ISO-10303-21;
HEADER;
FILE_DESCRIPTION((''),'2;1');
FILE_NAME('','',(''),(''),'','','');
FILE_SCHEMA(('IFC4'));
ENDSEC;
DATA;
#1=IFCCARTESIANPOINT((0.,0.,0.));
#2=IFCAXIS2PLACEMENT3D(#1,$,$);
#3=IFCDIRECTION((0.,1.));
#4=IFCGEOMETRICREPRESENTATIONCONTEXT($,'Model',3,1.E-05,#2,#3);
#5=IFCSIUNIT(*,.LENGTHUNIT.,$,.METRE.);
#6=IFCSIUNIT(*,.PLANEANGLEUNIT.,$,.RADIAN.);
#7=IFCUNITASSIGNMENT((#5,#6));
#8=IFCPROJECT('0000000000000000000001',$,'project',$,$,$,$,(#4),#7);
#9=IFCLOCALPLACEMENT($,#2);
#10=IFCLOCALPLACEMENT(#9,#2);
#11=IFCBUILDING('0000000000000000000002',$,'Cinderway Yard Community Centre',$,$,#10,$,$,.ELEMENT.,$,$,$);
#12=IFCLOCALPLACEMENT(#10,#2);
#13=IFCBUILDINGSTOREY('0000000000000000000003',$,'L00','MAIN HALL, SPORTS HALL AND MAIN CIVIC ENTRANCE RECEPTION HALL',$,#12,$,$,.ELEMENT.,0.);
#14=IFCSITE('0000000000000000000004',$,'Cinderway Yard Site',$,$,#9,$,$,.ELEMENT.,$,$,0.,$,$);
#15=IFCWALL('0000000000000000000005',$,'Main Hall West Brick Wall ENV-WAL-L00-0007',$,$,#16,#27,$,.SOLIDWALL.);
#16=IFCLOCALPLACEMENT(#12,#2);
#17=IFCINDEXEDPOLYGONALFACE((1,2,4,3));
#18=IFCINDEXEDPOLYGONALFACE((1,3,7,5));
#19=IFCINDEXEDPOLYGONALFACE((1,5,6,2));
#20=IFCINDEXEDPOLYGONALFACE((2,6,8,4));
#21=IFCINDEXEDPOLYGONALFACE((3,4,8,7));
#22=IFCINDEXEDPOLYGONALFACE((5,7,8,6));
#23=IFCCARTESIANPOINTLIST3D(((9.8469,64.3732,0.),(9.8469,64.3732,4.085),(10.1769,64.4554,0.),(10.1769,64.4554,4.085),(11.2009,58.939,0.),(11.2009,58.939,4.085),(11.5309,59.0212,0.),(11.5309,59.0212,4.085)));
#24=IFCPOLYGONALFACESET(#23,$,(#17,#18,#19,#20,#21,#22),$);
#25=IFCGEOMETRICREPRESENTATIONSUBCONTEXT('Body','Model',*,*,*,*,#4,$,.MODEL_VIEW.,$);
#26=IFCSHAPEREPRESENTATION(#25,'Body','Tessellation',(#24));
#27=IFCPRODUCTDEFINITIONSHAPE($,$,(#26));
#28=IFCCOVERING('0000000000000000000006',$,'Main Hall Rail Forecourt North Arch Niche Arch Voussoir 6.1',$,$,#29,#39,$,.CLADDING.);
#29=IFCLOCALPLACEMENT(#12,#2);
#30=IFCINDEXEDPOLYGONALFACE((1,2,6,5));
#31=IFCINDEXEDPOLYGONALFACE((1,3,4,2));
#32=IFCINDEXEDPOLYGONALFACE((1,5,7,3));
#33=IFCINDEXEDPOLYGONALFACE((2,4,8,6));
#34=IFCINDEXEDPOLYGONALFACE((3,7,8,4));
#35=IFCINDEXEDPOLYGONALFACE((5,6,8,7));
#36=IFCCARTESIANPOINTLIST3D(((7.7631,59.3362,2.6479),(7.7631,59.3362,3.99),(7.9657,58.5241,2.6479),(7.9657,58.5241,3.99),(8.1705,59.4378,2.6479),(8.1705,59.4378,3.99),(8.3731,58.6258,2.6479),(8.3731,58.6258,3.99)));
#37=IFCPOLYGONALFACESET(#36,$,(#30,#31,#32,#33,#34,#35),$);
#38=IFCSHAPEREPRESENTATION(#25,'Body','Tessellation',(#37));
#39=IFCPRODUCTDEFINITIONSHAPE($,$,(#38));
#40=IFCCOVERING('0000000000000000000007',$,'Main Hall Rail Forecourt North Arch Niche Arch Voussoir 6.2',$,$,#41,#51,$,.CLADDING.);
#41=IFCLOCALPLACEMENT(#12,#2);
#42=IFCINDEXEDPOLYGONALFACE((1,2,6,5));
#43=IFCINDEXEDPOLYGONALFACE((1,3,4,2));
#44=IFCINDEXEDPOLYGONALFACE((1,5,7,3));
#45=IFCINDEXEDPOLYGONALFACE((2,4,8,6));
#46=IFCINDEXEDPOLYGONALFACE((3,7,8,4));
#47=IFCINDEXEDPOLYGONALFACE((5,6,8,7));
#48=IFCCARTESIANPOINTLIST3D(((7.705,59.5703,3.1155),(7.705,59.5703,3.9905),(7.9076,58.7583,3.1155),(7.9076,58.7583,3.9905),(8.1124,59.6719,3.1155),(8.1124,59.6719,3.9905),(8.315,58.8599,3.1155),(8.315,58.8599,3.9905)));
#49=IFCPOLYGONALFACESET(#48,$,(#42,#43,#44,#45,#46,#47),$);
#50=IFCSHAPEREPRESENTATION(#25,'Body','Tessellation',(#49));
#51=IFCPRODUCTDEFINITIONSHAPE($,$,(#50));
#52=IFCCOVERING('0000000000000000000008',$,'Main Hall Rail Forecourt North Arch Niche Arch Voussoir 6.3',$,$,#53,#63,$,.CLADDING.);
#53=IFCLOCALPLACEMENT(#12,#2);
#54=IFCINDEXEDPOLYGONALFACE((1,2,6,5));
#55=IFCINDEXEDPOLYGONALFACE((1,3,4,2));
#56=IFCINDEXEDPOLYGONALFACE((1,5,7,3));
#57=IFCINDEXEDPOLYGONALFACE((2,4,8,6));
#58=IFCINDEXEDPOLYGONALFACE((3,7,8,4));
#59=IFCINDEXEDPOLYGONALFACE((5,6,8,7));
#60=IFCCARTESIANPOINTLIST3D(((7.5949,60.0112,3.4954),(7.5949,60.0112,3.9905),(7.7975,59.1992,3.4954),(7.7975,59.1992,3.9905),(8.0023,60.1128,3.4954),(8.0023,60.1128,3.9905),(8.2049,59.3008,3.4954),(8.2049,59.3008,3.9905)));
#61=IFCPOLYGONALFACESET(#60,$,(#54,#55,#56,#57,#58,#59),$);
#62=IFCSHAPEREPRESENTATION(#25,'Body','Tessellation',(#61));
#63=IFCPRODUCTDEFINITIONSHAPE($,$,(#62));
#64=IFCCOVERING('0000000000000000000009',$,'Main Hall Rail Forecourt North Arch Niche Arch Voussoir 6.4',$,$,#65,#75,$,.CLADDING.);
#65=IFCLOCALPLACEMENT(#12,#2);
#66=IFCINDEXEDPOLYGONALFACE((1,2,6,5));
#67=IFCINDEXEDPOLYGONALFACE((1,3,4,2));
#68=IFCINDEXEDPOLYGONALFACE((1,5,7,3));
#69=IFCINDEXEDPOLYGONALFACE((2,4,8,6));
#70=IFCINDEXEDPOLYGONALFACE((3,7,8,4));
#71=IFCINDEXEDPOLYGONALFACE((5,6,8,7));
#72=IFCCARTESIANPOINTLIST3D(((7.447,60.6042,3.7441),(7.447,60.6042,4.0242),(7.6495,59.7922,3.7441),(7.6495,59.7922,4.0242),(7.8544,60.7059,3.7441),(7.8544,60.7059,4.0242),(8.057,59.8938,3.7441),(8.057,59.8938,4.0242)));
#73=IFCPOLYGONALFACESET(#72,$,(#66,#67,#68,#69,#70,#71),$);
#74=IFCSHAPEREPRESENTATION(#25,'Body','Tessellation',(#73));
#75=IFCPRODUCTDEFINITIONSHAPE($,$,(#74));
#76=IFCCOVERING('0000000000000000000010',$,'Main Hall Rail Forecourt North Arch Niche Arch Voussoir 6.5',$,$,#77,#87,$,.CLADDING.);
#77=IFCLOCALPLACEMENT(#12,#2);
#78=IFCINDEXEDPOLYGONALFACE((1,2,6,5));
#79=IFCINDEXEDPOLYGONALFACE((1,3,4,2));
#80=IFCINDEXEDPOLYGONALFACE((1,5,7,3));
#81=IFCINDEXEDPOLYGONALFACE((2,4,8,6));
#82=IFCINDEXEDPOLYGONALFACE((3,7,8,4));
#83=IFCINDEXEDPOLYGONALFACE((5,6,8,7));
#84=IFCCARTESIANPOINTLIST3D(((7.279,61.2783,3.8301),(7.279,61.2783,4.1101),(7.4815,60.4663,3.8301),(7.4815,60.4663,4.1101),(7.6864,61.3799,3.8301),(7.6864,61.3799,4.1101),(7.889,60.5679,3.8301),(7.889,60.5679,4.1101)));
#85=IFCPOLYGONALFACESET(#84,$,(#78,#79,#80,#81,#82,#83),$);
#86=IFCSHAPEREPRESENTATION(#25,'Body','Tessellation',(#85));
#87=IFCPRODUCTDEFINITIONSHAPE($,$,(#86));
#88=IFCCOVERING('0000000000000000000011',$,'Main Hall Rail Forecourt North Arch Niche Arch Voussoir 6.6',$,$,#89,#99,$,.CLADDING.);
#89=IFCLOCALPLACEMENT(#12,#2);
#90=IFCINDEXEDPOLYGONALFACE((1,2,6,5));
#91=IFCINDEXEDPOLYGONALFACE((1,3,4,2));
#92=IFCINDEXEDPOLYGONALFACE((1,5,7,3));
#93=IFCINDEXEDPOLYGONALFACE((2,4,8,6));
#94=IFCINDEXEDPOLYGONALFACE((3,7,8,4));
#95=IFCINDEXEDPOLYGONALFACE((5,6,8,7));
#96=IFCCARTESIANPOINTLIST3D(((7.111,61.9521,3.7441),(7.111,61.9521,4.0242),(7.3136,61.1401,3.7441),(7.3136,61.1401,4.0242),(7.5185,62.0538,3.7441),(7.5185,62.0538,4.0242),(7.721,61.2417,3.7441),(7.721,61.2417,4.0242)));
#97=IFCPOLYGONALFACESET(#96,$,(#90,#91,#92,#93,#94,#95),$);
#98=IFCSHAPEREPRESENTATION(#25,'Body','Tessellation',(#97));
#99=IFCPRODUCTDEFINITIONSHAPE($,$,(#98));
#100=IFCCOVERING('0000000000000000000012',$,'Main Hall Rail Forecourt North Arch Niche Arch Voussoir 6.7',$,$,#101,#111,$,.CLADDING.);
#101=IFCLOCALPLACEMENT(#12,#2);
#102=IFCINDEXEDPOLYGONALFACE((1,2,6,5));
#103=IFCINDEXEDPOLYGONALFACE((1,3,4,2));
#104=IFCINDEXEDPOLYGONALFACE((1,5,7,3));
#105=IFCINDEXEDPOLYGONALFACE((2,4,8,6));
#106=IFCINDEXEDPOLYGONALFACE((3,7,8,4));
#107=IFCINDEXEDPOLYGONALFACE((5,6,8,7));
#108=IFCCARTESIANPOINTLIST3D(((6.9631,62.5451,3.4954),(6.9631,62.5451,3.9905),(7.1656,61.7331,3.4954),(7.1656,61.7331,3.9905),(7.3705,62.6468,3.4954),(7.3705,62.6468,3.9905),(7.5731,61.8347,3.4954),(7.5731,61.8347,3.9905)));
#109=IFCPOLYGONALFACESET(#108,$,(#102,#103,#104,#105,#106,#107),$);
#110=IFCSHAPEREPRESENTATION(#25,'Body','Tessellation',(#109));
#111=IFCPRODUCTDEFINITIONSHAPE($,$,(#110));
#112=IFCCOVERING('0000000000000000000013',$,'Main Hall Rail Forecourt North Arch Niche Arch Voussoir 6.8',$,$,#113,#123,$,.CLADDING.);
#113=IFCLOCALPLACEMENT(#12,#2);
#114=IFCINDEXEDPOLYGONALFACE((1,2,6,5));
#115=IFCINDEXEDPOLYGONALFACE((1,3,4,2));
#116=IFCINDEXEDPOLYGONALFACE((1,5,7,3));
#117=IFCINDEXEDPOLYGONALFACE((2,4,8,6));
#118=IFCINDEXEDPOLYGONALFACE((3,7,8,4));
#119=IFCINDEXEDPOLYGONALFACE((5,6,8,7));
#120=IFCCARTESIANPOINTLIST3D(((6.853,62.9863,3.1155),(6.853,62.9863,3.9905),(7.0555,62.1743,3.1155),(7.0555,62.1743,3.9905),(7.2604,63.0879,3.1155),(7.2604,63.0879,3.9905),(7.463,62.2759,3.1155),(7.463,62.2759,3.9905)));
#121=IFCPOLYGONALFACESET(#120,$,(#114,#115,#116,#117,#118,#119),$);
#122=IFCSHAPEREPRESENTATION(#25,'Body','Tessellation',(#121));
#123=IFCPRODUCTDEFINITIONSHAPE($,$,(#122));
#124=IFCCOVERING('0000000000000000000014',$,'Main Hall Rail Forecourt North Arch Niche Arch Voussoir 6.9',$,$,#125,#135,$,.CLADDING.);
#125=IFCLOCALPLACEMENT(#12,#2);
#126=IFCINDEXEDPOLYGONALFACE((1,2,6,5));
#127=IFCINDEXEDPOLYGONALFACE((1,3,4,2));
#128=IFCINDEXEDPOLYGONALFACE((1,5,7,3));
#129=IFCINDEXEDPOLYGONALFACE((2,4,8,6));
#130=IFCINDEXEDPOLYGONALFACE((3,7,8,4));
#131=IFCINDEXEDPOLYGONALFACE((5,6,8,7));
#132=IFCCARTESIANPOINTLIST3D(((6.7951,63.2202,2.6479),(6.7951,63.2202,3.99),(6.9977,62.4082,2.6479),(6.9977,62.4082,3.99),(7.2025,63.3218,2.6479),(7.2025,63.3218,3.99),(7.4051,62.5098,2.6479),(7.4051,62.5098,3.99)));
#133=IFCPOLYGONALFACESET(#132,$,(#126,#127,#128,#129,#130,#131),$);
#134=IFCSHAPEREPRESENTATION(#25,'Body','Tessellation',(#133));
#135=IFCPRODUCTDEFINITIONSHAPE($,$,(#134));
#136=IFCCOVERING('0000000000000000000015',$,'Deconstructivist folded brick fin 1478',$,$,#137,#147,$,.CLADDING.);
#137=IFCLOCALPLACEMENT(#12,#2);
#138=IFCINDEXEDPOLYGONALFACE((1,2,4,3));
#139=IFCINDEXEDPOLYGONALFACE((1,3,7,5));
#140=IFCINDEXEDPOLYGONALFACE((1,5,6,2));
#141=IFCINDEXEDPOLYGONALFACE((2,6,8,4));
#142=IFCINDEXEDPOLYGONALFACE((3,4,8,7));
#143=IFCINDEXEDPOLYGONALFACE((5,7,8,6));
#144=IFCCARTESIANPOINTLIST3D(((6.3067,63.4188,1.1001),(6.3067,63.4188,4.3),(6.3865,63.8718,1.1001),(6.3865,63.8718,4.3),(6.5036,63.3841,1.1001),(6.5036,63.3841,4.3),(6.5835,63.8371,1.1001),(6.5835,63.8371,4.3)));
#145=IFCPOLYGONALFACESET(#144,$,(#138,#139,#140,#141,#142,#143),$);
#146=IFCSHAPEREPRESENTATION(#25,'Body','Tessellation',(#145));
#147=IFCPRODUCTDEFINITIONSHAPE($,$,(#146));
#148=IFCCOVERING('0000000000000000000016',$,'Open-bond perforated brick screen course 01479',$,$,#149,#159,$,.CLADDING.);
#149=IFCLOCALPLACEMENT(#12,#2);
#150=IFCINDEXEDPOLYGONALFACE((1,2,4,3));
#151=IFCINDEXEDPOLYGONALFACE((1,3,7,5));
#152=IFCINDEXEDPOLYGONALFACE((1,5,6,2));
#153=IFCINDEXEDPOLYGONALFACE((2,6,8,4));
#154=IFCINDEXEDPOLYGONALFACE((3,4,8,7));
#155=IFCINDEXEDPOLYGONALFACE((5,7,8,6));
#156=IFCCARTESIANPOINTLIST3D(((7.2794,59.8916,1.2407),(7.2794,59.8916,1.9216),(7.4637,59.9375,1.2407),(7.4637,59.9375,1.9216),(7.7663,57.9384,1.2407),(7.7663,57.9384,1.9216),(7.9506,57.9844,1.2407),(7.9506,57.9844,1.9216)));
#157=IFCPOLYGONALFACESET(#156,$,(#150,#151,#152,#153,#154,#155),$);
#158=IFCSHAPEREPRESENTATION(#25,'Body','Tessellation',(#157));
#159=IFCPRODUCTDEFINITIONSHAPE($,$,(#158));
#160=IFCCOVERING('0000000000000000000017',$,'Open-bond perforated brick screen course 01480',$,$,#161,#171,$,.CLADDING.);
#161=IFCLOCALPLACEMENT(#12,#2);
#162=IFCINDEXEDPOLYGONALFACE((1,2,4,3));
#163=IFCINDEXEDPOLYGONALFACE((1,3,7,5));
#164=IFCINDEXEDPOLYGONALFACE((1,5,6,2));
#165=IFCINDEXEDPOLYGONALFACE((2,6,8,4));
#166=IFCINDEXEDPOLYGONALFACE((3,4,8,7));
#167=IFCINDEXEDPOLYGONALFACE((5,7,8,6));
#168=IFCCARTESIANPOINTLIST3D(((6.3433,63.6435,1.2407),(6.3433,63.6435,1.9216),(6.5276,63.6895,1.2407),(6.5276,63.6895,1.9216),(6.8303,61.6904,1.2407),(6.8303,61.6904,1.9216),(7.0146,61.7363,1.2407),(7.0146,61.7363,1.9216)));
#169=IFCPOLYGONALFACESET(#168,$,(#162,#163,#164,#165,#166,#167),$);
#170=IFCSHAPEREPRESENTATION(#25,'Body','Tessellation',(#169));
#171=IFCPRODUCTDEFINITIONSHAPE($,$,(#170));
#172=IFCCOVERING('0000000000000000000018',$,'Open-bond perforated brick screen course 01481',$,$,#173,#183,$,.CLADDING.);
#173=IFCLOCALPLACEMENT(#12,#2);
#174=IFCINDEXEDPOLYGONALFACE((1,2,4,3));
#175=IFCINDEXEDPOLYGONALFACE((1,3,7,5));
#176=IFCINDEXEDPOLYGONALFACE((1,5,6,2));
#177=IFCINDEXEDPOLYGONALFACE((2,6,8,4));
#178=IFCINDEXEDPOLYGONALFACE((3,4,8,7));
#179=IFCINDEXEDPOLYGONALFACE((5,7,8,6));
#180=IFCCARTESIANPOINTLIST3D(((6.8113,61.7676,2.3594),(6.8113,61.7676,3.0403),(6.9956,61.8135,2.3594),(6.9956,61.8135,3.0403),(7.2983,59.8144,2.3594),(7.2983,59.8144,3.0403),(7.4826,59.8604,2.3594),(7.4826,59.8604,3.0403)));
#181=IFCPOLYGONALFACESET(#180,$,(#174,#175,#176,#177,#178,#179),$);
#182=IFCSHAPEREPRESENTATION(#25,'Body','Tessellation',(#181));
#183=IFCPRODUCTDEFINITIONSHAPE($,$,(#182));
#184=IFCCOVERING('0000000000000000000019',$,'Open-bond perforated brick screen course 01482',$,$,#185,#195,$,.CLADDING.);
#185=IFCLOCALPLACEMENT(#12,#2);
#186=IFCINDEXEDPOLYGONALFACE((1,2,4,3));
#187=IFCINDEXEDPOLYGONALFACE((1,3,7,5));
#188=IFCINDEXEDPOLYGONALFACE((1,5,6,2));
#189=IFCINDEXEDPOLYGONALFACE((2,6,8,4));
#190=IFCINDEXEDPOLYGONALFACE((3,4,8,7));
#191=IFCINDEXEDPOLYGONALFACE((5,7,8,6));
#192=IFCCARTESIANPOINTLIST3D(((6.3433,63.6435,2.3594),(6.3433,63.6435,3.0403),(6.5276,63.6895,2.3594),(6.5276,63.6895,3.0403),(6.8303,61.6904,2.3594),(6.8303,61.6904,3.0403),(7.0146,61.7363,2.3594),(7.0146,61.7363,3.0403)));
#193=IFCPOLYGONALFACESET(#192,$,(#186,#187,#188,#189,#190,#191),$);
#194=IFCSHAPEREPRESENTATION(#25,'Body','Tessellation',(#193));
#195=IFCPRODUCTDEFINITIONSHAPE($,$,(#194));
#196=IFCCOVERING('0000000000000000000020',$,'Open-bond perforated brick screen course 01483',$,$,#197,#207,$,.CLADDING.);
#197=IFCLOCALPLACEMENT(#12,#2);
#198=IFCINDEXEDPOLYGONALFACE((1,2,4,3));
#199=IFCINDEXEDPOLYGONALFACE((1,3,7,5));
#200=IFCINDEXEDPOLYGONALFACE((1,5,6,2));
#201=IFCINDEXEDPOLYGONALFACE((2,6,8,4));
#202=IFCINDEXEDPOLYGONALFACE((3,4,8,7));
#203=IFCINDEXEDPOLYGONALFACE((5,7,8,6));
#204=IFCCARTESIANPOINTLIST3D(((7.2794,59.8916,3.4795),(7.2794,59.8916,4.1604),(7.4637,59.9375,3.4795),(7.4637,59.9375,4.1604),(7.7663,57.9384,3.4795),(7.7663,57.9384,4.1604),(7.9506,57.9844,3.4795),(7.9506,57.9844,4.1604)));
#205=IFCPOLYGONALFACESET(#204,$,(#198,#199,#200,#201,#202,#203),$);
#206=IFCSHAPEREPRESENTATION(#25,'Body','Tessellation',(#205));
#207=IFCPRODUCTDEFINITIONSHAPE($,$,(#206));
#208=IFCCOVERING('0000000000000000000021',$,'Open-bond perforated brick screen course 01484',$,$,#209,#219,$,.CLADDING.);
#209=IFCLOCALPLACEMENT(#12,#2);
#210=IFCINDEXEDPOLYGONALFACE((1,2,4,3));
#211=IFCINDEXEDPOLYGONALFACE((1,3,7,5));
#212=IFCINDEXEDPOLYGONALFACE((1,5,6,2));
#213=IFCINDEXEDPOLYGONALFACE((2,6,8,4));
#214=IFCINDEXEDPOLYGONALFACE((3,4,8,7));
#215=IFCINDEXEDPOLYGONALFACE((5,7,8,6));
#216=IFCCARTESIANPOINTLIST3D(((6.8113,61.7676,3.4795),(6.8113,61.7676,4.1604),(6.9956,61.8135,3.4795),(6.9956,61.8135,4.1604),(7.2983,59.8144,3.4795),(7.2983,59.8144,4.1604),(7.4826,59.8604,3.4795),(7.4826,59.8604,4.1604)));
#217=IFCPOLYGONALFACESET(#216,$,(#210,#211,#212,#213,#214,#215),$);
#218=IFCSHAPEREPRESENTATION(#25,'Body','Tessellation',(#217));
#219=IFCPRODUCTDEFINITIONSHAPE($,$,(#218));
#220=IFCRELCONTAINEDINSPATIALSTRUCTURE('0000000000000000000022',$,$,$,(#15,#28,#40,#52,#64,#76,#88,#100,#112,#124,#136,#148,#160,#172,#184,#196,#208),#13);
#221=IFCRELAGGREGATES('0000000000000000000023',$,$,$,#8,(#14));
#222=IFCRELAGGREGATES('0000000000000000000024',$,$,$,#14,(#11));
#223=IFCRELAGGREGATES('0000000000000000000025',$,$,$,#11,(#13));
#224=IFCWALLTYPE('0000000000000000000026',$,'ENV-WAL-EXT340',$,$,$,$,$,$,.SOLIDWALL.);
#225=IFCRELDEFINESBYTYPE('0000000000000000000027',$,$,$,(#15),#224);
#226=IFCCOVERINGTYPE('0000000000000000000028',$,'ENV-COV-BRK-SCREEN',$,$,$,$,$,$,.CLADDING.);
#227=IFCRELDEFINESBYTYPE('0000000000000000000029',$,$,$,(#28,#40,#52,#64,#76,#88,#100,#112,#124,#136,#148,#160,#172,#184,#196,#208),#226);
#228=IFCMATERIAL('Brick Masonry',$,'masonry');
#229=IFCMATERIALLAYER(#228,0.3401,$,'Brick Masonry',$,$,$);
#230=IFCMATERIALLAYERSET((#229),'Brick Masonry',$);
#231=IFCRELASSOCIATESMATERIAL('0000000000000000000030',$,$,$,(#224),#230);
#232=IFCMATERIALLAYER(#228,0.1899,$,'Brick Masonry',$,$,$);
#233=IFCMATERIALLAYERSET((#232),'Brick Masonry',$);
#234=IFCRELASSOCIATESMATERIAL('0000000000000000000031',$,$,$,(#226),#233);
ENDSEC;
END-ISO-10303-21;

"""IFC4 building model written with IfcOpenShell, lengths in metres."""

from ifc_helpers import new_model, si_unit, direction, frame, frame_2d, origin, origin_2d, place, context, subcontext, project, spatial, rectangle, extrude, material, layer, layer_set, type_object, element, save


model = new_model("IFC4")

# Units and contexts
model_context = context("Model", 3, precision=1e-05, world=origin(), true_north=direction((0.0, 1.0)))
body_context = subcontext(model_context, "Body", "Model", "MODEL_VIEW")
ifc_project = project(units=[si_unit("LENGTHUNIT", "METRE"), si_unit("PLANEANGLEUNIT", "RADIAN")], contexts=[model_context])

# Site, building, storey
site_placement = place(None, origin())
site = spatial("IfcSite", under=ifc_project, at=site_placement, Name="Cinderway Yard Site", CompositionType="ELEMENT", RefElevation=0.0)
building_placement = place(site_placement, origin())
building = spatial("IfcBuilding", under=site, at=building_placement, Name="Cinderway Yard Community Centre", CompositionType="ELEMENT")
storey_placement = place(building_placement, origin())
storey = spatial("IfcBuildingStorey", under=building, at=storey_placement, Name="L00", Description="MAIN HALL, SPORTS HALL AND MAIN CIVIC ENTRANCE RECEPTION HALL", CompositionType="ELEMENT", Elevation=0.0)

# Wall
ifc_material_1 = material(Name="Brick Masonry", Category="masonry")
ifc_layer_1 = layer(ifc_material_1, 0.3401, Name="Brick Masonry")
ifc_layer_set_1 = layer_set([ifc_layer_1], Name="Brick Masonry")
wall_type_1 = type_object("IfcWallType", Name="ENV-WAL-EXT340", PredefinedType="SOLIDWALL", material=ifc_layer_set_1)
wall_1_placement = place(storey_placement, frame((11.366, 58.98, 0.0), z_axis=(0.0, 0.0, 1.0), x_axis=(-0.241776, 0.970332, 0.0)))
element("IfcWall", 1, at=wall_1_placement, inside=storey, type_object=wall_type_1, Name="Main Hall West Brick Wall ENV-WAL-L00-0007", PredefinedType="SOLIDWALL", context=body_context, shape_type="SweptSolid", body=[
    extrude(rectangle(XDim=5.6003, YDim=0.3401, at=frame_2d((2.8003, 0.0))), origin(), (0.0, 0.0, 1.0), 4.085),
])

# Coverings
ifc_layer_2 = layer(ifc_material_1, 0.1899, Name="Brick Masonry")
ifc_layer_set_2 = layer_set([ifc_layer_2], Name="Brick Masonry")
covering_type = type_object("IfcCoveringType", Name="ENV-COV-BRK-SCREEN", PredefinedType="CLADDING", material=ifc_layer_set_2)
covering_1_placement = place(storey_placement, frame((8.0681, 58.981, 2.6479), z_axis=(0.0, 0.0, 1.0), x_axis=(-0.24204, 0.970266, 0.0)))
element("IfcCovering", 2, at=covering_1_placement, inside=storey, type_object=covering_type, Name="Main Hall Rail Forecourt North Arch Niche Arch Voussoir 6.1", PredefinedType="CLADDING", context=body_context, shape_type="SweptSolid", body=[
    extrude(rectangle(XDim=0.8369, YDim=0.4199, at=origin_2d()), origin(), (0.0, 0.0, 1.0), 1.342),
])
covering_2_placement = place(storey_placement, frame((8.01, 59.2151, 3.1155), z_axis=(0.0, 0.0, 1.0), x_axis=(-0.24204, 0.970266, 0.0)))
element("IfcCovering", 3, at=covering_2_placement, inside=storey, type_object=covering_type, Name="Main Hall Rail Forecourt North Arch Niche Arch Voussoir 6.2", PredefinedType="CLADDING", context=body_context, shape_type="SweptSolid", body=[
    extrude(rectangle(XDim=0.8369, YDim=0.4199, at=origin_2d()), origin(), (0.0, 0.0, 1.0), 0.875),
])
covering_3_placement = place(storey_placement, frame((7.8999, 59.656, 3.4954), z_axis=(0.0, 0.0, 1.0), x_axis=(-0.24204, 0.970266, 0.0)))
element("IfcCovering", 4, at=covering_3_placement, inside=storey, type_object=covering_type, Name="Main Hall Rail Forecourt North Arch Niche Arch Voussoir 6.3", PredefinedType="CLADDING", context=body_context, shape_type="SweptSolid", body=[
    extrude(rectangle(XDim=0.8369, YDim=0.4199, at=origin_2d()), origin(), (0.0, 0.0, 1.0), 0.4951),
])
for number, where, z_axis, x_axis, name in (
    (5, (7.752, 60.249, 3.7441), (0.0, 0.0, 1.0), (-0.24204, 0.970266, 0.0), "Main Hall Rail Forecourt North Arch Niche Arch Voussoir 6.4"),
    (6, (7.584, 60.9231, 3.8301), (0.0, 0.0, 1.0), (-0.24204, 0.970266, 0.0), "Main Hall Rail Forecourt North Arch Niche Arch Voussoir 6.5"),
    (7, (7.416, 61.5969, 3.7441), (0.0, 0.0, 1.0), (-0.24204, 0.970266, 0.0), "Main Hall Rail Forecourt North Arch Niche Arch Voussoir 6.6"),
):
    element("IfcCovering", number, at=place(storey_placement, frame(where, z_axis=z_axis, x_axis=x_axis)), inside=storey, type_object=covering_type, Name=name, PredefinedType="CLADDING", context=body_context, shape_type="SweptSolid", body=[
        extrude(rectangle(XDim=0.8369, YDim=0.4199, at=origin_2d()), origin(), (0.0, 0.0, 1.0), 0.28),
    ])
covering_4_placement = place(storey_placement, frame((7.2681, 62.1899, 3.4954), z_axis=(0.0, 0.0, 1.0), x_axis=(-0.24204, 0.970266, 0.0)))
element("IfcCovering", 8, at=covering_4_placement, inside=storey, type_object=covering_type, Name="Main Hall Rail Forecourt North Arch Niche Arch Voussoir 6.7", PredefinedType="CLADDING", context=body_context, shape_type="SweptSolid", body=[
    extrude(rectangle(XDim=0.8369, YDim=0.4199, at=origin_2d()), origin(), (0.0, 0.0, 1.0), 0.4951),
])
covering_5_placement = place(storey_placement, frame((7.158, 62.6311, 3.1155), z_axis=(0.0, 0.0, 1.0), x_axis=(-0.24204, 0.970266, 0.0)))
element("IfcCovering", 9, at=covering_5_placement, inside=storey, type_object=covering_type, Name="Main Hall Rail Forecourt North Arch Niche Arch Voussoir 6.8", PredefinedType="CLADDING", context=body_context, shape_type="SweptSolid", body=[
    extrude(rectangle(XDim=0.8369, YDim=0.4199, at=origin_2d()), origin(), (0.0, 0.0, 1.0), 0.875),
])
covering_6_placement = place(storey_placement, frame((7.1001, 62.865, 2.6479), z_axis=(0.0, 0.0, 1.0), x_axis=(-0.24204, 0.970266, 0.0)))
element("IfcCovering", 10, at=covering_6_placement, inside=storey, type_object=covering_type, Name="Main Hall Rail Forecourt North Arch Niche Arch Voussoir 6.9", PredefinedType="CLADDING", context=body_context, shape_type="SweptSolid", body=[
    extrude(rectangle(XDim=0.8369, YDim=0.4199, at=origin_2d()), origin(), (0.0, 0.0, 1.0), 1.342),
])
covering_7_placement = place(storey_placement, frame((6.4451, 63.6279, 1.1001), z_axis=(0.0, 0.0, 1.0), x_axis=(0.173648, 0.984808, 0.0)))
element("IfcCovering", 11, at=covering_7_placement, inside=storey, type_object=covering_type, Name="Deconstructivist folded brick fin 1478", PredefinedType="CLADDING", context=body_context, shape_type="SweptSolid", body=[
    extrude(rectangle(XDim=0.46, YDim=0.2, at=origin_2d()), origin(), (0.0, 0.0, 1.0), 3.2),
])
for number, where, z_axis, x_axis, name in (
    (12, (7.615, 58.938, 1.2407), (0.0, 0.0, 1.0), (-0.241922, 0.970296, 0.0), "Open-bond perforated brick screen course 01479"),
    (13, (6.679, 62.6899, 1.2407), (0.0, 0.0, 1.0), (-0.241922, 0.970296, 0.0), "Open-bond perforated brick screen course 01480"),
    (14, (7.147, 60.814, 2.3594), (0.0, 0.0, 1.0), (-0.241922, 0.970296, 0.0), "Open-bond perforated brick screen course 01481"),
    (15, (6.679, 62.6899, 2.3594), (0.0, 0.0, 1.0), (-0.241922, 0.970296, 0.0), "Open-bond perforated brick screen course 01482"),
    (16, (7.615, 58.938, 3.4795), (0.0, 0.0, 1.0), (-0.241922, 0.970296, 0.0), "Open-bond perforated brick screen course 01483"),
    (17, (7.147, 60.814, 3.4795), (0.0, 0.0, 1.0), (-0.241922, 0.970296, 0.0), "Open-bond perforated brick screen course 01484"),
):
    element("IfcCovering", number, at=place(storey_placement, frame(where, z_axis=z_axis, x_axis=x_axis)), inside=storey, type_object=covering_type, Name=name, PredefinedType="CLADDING", context=body_context, shape_type="SweptSolid", body=[
        extrude(rectangle(XDim=2.0129, YDim=0.1899, at=origin_2d()), origin(), (0.0, 0.0, 1.0), 0.6809),
    ])

save(model, "model.ifc")
